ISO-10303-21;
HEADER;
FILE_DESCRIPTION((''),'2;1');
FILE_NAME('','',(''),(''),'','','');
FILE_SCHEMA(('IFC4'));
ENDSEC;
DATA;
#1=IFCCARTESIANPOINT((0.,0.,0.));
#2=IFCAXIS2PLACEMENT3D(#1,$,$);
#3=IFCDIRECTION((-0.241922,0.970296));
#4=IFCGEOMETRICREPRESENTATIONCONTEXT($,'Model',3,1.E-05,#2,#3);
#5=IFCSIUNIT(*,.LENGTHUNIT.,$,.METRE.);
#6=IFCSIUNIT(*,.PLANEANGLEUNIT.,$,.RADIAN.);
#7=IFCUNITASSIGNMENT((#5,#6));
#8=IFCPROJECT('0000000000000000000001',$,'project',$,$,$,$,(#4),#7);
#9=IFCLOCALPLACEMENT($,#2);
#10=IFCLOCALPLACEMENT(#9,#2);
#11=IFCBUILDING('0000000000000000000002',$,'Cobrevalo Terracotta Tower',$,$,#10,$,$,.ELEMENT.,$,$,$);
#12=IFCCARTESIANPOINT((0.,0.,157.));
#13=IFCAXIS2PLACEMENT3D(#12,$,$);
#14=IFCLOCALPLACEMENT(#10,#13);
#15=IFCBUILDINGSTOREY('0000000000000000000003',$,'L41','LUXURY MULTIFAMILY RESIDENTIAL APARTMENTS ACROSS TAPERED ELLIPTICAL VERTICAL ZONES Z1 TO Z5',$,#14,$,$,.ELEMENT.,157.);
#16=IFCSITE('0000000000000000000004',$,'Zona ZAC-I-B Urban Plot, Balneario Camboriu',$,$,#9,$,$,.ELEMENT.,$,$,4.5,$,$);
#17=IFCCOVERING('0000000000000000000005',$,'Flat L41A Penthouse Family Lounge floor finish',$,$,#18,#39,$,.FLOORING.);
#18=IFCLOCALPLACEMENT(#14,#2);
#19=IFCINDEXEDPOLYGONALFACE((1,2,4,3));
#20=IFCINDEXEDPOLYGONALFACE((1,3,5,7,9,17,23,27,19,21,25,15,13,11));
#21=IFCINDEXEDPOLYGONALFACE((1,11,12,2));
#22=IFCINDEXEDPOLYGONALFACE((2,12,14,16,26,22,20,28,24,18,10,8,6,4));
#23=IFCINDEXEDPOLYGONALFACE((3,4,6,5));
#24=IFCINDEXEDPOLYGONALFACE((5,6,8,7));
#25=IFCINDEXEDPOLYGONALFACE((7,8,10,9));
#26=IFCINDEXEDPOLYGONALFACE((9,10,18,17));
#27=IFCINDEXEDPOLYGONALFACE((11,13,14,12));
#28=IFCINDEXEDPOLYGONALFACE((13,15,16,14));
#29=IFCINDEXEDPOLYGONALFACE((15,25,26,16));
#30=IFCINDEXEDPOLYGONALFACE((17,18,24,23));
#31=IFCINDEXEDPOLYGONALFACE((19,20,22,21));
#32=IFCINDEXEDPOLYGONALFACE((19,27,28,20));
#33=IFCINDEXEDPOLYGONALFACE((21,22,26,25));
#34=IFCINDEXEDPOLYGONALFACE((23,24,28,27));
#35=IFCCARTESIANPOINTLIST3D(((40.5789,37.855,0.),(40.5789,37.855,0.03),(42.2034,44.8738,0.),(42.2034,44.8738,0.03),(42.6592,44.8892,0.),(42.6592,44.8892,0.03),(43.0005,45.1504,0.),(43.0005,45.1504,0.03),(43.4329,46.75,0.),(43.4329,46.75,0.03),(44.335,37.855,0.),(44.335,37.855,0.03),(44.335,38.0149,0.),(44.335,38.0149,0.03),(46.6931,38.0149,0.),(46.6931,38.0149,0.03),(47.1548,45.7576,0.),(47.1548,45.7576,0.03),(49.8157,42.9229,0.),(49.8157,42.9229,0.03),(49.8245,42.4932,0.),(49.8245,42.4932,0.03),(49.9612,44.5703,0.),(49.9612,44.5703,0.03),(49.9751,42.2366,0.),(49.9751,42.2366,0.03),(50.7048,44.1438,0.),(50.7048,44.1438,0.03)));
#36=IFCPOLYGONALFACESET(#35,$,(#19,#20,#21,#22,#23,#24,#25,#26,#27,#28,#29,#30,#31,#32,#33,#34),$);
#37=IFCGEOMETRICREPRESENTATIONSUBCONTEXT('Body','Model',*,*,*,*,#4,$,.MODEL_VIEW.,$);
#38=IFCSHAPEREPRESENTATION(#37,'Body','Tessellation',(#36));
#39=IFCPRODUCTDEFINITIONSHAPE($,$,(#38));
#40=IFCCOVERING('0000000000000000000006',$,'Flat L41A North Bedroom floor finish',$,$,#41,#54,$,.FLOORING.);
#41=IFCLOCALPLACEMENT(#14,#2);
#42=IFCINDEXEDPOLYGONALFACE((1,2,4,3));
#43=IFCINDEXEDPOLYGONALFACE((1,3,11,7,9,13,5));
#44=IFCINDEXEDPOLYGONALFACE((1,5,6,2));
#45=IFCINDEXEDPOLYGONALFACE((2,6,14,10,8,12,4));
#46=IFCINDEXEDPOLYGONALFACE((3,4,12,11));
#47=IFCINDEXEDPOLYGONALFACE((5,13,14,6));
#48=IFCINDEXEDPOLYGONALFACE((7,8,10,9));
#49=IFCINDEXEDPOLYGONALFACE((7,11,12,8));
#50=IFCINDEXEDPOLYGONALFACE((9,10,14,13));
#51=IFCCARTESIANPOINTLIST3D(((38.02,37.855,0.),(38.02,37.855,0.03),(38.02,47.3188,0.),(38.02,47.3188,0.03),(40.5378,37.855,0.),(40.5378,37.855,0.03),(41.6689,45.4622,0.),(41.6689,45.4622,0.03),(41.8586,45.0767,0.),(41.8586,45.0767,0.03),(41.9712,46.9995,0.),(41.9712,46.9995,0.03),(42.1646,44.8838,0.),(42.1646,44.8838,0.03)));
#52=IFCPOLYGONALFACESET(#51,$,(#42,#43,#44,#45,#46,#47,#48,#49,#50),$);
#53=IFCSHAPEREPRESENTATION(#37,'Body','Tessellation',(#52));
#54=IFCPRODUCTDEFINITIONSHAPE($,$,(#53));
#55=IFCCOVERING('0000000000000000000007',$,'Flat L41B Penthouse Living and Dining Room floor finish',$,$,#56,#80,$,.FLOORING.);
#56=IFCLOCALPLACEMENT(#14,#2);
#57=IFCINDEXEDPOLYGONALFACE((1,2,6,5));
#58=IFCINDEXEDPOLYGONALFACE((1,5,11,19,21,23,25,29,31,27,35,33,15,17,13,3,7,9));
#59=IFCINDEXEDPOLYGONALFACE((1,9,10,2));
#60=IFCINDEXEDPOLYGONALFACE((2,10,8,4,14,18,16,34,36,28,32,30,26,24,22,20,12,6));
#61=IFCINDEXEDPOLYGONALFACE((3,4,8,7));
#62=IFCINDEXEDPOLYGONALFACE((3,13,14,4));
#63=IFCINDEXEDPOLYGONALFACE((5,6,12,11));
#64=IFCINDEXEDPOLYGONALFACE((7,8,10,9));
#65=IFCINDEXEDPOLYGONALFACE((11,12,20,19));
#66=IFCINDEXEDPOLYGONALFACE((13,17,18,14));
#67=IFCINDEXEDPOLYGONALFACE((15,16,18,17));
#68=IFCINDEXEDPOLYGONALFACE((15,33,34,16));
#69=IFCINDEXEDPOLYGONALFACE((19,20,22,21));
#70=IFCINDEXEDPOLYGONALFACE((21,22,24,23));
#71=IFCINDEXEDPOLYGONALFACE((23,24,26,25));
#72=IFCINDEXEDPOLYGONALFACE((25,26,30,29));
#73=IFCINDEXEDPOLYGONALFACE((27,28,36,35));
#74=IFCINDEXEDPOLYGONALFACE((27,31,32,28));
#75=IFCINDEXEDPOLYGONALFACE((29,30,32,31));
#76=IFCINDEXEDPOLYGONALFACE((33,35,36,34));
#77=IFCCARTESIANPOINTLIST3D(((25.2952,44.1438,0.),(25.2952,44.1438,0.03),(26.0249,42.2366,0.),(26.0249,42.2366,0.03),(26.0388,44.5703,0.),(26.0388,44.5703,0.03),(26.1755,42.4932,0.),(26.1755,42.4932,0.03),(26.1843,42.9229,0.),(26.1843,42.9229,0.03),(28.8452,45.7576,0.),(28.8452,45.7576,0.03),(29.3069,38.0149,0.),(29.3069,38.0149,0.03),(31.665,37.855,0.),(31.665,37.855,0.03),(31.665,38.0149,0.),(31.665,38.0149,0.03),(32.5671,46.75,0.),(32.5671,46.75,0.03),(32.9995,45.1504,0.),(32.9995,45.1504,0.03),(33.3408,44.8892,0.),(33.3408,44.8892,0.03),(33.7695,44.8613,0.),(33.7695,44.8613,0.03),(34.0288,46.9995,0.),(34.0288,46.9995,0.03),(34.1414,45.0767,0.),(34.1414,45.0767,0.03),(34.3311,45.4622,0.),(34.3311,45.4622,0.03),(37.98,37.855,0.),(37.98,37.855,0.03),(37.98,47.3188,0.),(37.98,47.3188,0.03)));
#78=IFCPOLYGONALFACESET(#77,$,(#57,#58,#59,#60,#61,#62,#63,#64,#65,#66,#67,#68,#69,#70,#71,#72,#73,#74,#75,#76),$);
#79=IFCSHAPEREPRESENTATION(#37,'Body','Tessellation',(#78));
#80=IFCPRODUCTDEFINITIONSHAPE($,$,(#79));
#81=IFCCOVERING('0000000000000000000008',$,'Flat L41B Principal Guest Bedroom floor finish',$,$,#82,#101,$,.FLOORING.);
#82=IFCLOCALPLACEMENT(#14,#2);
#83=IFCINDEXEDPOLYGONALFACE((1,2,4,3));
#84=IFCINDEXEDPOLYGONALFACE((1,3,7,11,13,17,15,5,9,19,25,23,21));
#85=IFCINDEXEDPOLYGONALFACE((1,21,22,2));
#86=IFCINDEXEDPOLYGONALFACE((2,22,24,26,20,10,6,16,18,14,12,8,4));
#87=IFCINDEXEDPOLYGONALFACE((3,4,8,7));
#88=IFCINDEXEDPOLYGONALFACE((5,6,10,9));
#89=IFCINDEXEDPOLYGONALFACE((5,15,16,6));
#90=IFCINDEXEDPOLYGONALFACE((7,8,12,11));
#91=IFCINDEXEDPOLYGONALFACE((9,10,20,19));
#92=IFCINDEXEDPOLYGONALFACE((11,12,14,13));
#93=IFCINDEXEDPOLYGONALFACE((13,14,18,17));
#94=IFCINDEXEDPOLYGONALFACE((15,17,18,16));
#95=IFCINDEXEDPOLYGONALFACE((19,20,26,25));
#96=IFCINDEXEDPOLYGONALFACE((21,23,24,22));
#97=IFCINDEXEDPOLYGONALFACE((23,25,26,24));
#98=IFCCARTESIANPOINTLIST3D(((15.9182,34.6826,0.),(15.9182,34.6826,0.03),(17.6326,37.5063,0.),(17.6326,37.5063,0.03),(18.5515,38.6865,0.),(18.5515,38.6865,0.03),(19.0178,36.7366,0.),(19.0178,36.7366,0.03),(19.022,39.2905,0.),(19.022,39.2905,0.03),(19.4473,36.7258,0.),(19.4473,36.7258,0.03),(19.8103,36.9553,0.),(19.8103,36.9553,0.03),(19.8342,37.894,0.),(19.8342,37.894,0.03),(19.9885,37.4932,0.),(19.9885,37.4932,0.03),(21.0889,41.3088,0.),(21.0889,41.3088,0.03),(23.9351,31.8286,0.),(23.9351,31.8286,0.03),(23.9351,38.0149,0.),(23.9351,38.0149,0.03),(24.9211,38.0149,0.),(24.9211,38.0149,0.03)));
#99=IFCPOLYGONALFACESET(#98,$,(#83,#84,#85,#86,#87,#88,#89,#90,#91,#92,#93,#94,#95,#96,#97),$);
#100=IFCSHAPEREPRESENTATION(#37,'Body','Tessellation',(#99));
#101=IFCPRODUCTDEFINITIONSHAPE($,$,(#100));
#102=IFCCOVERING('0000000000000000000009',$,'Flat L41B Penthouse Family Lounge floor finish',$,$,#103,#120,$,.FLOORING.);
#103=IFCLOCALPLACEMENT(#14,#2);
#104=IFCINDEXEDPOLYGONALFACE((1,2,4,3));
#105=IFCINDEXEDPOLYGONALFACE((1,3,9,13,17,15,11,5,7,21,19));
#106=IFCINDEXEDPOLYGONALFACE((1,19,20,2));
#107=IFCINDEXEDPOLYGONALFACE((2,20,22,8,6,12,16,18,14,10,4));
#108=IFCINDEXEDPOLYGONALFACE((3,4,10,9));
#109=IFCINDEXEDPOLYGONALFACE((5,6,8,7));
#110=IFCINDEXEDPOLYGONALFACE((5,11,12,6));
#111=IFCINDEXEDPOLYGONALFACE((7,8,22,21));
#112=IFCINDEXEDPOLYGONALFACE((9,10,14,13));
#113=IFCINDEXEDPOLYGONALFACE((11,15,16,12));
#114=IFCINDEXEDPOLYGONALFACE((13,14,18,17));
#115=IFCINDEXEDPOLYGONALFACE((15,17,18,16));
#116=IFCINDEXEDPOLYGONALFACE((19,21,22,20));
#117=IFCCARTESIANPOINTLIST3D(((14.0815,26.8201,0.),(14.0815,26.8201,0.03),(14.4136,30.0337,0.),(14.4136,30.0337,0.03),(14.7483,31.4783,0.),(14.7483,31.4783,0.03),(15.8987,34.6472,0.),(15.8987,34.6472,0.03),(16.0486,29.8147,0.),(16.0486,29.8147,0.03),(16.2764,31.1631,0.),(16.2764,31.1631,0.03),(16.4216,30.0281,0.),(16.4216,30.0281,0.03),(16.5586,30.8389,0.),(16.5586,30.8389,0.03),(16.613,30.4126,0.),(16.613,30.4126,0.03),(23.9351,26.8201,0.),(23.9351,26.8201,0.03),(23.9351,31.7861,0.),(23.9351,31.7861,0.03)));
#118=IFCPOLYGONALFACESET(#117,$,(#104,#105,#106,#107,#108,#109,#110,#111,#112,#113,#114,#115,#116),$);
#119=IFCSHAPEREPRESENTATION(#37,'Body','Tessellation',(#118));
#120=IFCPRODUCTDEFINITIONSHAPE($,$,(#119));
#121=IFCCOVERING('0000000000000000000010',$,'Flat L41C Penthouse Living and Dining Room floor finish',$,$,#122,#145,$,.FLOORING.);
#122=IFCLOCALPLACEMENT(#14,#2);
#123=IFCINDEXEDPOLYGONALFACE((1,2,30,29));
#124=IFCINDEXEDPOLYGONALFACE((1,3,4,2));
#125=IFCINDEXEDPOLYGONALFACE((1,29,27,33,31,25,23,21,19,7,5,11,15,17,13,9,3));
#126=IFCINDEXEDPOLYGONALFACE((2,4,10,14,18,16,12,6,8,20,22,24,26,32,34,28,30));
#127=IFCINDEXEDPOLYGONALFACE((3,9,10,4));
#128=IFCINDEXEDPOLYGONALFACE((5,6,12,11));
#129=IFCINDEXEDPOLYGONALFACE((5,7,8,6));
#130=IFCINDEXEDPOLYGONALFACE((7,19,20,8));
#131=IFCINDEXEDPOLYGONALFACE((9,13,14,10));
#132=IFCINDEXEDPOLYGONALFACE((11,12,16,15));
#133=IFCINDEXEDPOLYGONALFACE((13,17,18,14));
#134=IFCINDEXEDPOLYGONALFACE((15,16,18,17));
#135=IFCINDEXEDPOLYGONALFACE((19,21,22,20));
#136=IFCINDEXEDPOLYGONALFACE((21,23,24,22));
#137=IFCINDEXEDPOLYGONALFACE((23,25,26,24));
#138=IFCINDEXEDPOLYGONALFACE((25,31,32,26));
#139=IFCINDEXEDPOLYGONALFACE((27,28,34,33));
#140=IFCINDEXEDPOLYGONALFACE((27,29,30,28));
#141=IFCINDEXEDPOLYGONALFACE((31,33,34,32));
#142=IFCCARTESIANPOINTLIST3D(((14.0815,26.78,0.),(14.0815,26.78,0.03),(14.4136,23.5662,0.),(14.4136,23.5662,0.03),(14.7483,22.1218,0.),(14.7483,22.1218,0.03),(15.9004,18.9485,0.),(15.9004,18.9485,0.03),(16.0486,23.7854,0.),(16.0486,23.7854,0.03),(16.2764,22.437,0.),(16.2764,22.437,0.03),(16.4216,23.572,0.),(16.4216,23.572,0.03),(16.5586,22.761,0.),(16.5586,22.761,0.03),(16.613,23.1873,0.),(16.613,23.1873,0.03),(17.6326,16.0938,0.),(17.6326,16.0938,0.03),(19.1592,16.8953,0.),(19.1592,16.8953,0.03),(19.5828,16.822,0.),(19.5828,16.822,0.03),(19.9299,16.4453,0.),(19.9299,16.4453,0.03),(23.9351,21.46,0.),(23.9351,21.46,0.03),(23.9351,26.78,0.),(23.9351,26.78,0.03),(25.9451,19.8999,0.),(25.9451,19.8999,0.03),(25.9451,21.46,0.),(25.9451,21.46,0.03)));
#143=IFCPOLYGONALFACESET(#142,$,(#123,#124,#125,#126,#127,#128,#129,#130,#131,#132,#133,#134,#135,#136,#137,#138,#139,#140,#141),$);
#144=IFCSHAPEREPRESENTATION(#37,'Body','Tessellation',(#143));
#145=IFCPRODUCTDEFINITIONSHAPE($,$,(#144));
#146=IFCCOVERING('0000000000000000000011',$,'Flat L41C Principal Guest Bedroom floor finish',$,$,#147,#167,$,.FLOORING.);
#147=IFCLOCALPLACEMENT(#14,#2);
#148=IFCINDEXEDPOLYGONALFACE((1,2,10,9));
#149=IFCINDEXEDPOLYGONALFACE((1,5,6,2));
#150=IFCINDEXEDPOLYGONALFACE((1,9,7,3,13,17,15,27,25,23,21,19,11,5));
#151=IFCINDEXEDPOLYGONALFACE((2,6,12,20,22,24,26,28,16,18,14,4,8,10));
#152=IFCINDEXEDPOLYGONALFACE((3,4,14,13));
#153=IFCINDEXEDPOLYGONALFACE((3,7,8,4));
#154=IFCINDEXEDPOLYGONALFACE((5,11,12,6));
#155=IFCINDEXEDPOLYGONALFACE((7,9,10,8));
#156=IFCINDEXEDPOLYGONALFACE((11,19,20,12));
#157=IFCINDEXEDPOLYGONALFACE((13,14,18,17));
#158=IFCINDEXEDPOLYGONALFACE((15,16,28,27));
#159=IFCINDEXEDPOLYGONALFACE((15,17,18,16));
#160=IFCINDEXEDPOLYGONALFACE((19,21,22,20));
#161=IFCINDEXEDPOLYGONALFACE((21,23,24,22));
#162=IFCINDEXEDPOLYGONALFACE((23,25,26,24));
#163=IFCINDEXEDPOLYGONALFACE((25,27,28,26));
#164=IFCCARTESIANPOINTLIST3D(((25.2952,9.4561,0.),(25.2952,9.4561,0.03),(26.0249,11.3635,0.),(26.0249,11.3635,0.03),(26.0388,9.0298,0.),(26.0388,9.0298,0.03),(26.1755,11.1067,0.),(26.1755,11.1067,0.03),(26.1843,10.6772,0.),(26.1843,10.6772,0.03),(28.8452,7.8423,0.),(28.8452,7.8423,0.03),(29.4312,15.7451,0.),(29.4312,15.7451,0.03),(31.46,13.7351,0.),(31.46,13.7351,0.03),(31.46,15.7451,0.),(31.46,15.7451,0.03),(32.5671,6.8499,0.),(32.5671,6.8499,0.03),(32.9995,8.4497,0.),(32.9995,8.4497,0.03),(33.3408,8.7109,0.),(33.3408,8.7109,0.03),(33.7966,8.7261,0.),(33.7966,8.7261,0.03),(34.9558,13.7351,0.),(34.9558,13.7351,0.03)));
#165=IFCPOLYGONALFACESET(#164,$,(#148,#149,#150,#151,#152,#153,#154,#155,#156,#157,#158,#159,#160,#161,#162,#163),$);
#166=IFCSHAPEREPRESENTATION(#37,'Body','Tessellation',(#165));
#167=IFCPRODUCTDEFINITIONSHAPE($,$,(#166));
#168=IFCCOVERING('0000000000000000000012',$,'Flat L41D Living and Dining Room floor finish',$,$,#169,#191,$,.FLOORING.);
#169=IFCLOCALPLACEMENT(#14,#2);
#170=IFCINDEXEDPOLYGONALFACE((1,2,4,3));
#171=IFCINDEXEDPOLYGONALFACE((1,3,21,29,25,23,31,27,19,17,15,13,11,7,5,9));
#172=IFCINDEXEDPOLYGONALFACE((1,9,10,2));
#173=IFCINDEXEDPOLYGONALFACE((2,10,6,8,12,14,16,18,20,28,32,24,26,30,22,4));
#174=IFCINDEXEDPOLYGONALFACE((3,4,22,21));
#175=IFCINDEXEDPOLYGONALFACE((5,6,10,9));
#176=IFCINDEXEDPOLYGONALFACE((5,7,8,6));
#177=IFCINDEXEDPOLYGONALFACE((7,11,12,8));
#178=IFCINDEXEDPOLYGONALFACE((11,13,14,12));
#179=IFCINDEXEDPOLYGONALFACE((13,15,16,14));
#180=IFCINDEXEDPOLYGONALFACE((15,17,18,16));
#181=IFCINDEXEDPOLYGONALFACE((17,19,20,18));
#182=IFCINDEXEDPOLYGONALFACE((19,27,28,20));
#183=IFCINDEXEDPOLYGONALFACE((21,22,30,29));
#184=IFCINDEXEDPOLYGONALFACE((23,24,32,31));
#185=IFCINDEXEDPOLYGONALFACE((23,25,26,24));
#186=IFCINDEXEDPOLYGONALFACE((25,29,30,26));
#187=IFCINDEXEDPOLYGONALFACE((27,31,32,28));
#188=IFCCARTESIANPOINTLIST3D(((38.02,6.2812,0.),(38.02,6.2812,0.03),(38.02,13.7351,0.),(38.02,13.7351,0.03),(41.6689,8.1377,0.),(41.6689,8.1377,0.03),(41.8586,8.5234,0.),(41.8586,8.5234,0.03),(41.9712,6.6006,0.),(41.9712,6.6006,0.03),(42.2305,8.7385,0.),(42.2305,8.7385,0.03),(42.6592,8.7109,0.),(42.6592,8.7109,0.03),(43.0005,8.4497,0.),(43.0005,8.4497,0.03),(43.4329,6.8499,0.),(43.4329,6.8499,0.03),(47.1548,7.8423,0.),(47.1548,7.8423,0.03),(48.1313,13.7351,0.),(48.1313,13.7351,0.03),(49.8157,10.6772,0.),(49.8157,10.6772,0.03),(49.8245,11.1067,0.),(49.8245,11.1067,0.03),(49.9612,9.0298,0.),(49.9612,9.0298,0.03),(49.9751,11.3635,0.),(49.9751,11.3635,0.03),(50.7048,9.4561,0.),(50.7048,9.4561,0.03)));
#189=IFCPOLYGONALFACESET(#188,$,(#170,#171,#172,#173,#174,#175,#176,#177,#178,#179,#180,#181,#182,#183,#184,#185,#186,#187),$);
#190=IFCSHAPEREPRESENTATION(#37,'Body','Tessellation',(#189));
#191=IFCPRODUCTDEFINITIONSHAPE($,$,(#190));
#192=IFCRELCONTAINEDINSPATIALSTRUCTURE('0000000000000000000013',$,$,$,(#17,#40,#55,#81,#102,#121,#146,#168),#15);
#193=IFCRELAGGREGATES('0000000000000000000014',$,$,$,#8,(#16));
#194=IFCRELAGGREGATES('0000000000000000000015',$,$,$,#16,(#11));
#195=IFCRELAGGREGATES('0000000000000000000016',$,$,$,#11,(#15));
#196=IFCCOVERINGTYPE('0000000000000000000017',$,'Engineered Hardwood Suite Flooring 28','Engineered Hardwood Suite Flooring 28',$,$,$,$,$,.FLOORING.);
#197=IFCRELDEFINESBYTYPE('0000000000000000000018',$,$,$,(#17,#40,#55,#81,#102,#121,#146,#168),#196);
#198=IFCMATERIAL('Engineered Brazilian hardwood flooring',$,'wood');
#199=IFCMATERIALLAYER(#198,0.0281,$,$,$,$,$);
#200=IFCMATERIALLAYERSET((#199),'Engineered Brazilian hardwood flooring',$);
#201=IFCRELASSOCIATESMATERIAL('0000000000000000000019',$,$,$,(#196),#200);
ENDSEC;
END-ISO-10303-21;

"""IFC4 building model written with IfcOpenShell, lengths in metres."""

from ifc_helpers import new_model, si_unit, direction, frame, origin, place, context, subcontext, project, spatial, polyline, outline, extrude, material, layer, layer_set, type_object, element, save


model = new_model("IFC4")

# Units and contexts
model_context = context("Model", 3, precision=1e-05, world=origin(), true_north=direction((-0.241922, 0.970296)))
body_context = subcontext(model_context, "Body", "Model", "MODEL_VIEW")
ifc_project = project(units=[si_unit("LENGTHUNIT", "METRE"), si_unit("PLANEANGLEUNIT", "RADIAN")], contexts=[model_context])

# Site, building, storey
site_placement = place(None, origin())
site = spatial("IfcSite", under=ifc_project, at=site_placement, Name="Zona ZAC-I-B Urban Plot, Balneario Camboriu", CompositionType="ELEMENT", RefElevation=4.5)
building_placement = place(site_placement, origin())
building = spatial("IfcBuilding", under=site, at=building_placement, Name="Cobrevalo Terracotta Tower", CompositionType="ELEMENT")
storey_placement = place(building_placement, frame((0.0, 0.0, 157.0)))
storey = spatial("IfcBuildingStorey", under=building, at=storey_placement, Name="L41", Description="LUXURY MULTIFAMILY RESIDENTIAL APARTMENTS ACROSS TAPERED ELLIPTICAL VERTICAL ZONES Z1 TO Z5", CompositionType="ELEMENT", Elevation=157.0)

# Coverings
ifc_material_1 = material(Name="Engineered Brazilian hardwood flooring", Category="wood")
ifc_layer_1 = layer(ifc_material_1, 0.0281)
ifc_layer_set_1 = layer_set([ifc_layer_1], Name="Engineered Brazilian hardwood flooring")
covering_type_1 = type_object("IfcCoveringType", Name="Engineered Hardwood Suite Flooring 28", Description="Engineered Hardwood Suite Flooring 28", PredefinedType="FLOORING", material=ifc_layer_set_1)
covering_1_placement = place(storey_placement, origin())
element("IfcCovering", 1, at=covering_1_placement, inside=storey, type_object=covering_type_1, Name="Flat L41A Penthouse Family Lounge floor finish", PredefinedType="FLOORING", context=body_context, shape_type="SweptSolid", body=[
    extrude(outline(polyline([(49.9612, 44.5703), (50.7048, 44.1438), (49.8157, 42.9229), (49.8245, 42.4932), (49.9751, 42.2366), (46.6931, 38.0149), (44.335, 38.0149), (44.335, 37.855), (40.5789, 37.855), (42.2034, 44.8738), (42.6592, 44.8892), (43.0005, 45.1504), (43.4329, 46.75), (47.1548, 45.7576), (49.9612, 44.5703)])), origin(), (0.0, 0.0, 1.0), 0.03),
])
covering_2_placement = place(storey_placement, origin())
element("IfcCovering", 2, at=covering_2_placement, inside=storey, type_object=covering_type_1, Name="Flat L41A North Bedroom floor finish", PredefinedType="FLOORING", context=body_context, shape_type="SweptSolid", body=[
    extrude(outline(polyline([(38.02, 47.3188), (41.9712, 46.9995), (41.6689, 45.4622), (41.8586, 45.0767), (42.1646, 44.8838), (40.5378, 37.855), (38.02, 37.855), (38.02, 47.3188)])), origin(), (0.0, 0.0, 1.0), 0.03),
])
covering_3_placement = place(storey_placement, origin())
element("IfcCovering", 3, at=covering_3_placement, inside=storey, type_object=covering_type_1, Name="Flat L41B Penthouse Living and Dining Room floor finish", PredefinedType="FLOORING", context=body_context, shape_type="SweptSolid", body=[
    extrude(outline(polyline([(28.8452, 45.7576), (32.5671, 46.75), (32.9995, 45.1504), (33.3408, 44.8892), (33.7695, 44.8613), (34.1414, 45.0767), (34.3311, 45.4622), (34.0288, 46.9995), (37.98, 47.3188), (37.98, 37.855), (31.665, 37.855), (31.665, 38.0149), (29.3069, 38.0149), (26.0249, 42.2366), (26.1755, 42.4932), (26.1843, 42.9229), (25.2952, 44.1438), (26.0388, 44.5703), (28.8452, 45.7576)])), origin(), (0.0, 0.0, 1.0), 0.03),
])
covering_4_placement = place(storey_placement, origin())
element("IfcCovering", 4, at=covering_4_placement, inside=storey, type_object=covering_type_1, Name="Flat L41B Principal Guest Bedroom floor finish", PredefinedType="FLOORING", context=body_context, shape_type="SweptSolid", body=[
    extrude(outline(polyline([(17.6326, 37.5063), (19.0178, 36.7366), (19.4473, 36.7258), (19.8103, 36.9553), (19.9885, 37.4932), (19.8342, 37.894), (18.5515, 38.6865), (19.022, 39.2905), (21.0889, 41.3088), (24.9211, 38.0149), (23.9351, 38.0149), (23.9351, 31.8286), (15.9182, 34.6826), (17.6326, 37.5063)])), origin(), (0.0, 0.0, 1.0), 0.03),
])
covering_5_placement = place(storey_placement, origin())
element("IfcCovering", 5, at=covering_5_placement, inside=storey, type_object=covering_type_1, Name="Flat L41B Penthouse Family Lounge floor finish", PredefinedType="FLOORING", context=body_context, shape_type="SweptSolid", body=[
    extrude(outline(polyline([(23.9351, 31.7861), (23.9351, 26.8201), (14.0815, 26.8201), (14.4136, 30.0337), (16.0486, 29.8147), (16.4216, 30.0281), (16.613, 30.4126), (16.5586, 30.8389), (16.2764, 31.1631), (14.7483, 31.4783), (15.8987, 34.6472), (23.9351, 31.7861)])), origin(), (0.0, 0.0, 1.0), 0.03),
])
covering_6_placement = place(storey_placement, origin())
element("IfcCovering", 6, at=covering_6_placement, inside=storey, type_object=covering_type_1, Name="Flat L41C Penthouse Living and Dining Room floor finish", PredefinedType="FLOORING", context=body_context, shape_type="SweptSolid", body=[
    extrude(outline(polyline([(15.9004, 18.9485), (14.7483, 22.1218), (16.2764, 22.437), (16.5586, 22.761), (16.613, 23.1873), (16.4216, 23.572), (16.0486, 23.7854), (14.4136, 23.5662), (14.0815, 26.78), (23.9351, 26.78), (23.9351, 21.46), (25.9451, 21.46), (25.9451, 19.8999), (19.9299, 16.4453), (19.5828, 16.822), (19.1592, 16.8953), (17.6326, 16.0938), (15.9004, 18.9485)])), origin(), (0.0, 0.0, 1.0), 0.03),
])
covering_7_placement = place(storey_placement, origin())
element("IfcCovering", 7, at=covering_7_placement, inside=storey, type_object=covering_type_1, Name="Flat L41C Principal Guest Bedroom floor finish", PredefinedType="FLOORING", context=body_context, shape_type="SweptSolid", body=[
    extrude(outline(polyline([(26.0388, 9.0298), (25.2952, 9.4561), (26.1843, 10.6772), (26.1755, 11.1067), (26.0249, 11.3635), (29.4312, 15.7451), (31.46, 15.7451), (31.46, 13.7351), (34.9558, 13.7351), (33.7966, 8.7261), (33.3408, 8.7109), (32.9995, 8.4497), (32.5671, 6.8499), (28.8452, 7.8423), (26.0388, 9.0298)])), origin(), (0.0, 0.0, 1.0), 0.03),
])
covering_8_placement = place(storey_placement, origin())
element("IfcCovering", 8, at=covering_8_placement, inside=storey, type_object=covering_type_1, Name="Flat L41D Living and Dining Room floor finish", PredefinedType="FLOORING", context=body_context, shape_type="SweptSolid", body=[
    extrude(outline(polyline([(47.1548, 7.8423), (43.4329, 6.8499), (43.0005, 8.4497), (42.6592, 8.7109), (42.2305, 8.7385), (41.8586, 8.5234), (41.6689, 8.1377), (41.9712, 6.6006), (38.02, 6.2812), (38.02, 13.7351), (48.1313, 13.7351), (49.9751, 11.3635), (49.8245, 11.1067), (49.8157, 10.6772), (50.7048, 9.4561), (49.9612, 9.0298), (47.1548, 7.8423)])), origin(), (0.0, 0.0, 1.0), 0.03),
])

save(model, "model.ifc")
